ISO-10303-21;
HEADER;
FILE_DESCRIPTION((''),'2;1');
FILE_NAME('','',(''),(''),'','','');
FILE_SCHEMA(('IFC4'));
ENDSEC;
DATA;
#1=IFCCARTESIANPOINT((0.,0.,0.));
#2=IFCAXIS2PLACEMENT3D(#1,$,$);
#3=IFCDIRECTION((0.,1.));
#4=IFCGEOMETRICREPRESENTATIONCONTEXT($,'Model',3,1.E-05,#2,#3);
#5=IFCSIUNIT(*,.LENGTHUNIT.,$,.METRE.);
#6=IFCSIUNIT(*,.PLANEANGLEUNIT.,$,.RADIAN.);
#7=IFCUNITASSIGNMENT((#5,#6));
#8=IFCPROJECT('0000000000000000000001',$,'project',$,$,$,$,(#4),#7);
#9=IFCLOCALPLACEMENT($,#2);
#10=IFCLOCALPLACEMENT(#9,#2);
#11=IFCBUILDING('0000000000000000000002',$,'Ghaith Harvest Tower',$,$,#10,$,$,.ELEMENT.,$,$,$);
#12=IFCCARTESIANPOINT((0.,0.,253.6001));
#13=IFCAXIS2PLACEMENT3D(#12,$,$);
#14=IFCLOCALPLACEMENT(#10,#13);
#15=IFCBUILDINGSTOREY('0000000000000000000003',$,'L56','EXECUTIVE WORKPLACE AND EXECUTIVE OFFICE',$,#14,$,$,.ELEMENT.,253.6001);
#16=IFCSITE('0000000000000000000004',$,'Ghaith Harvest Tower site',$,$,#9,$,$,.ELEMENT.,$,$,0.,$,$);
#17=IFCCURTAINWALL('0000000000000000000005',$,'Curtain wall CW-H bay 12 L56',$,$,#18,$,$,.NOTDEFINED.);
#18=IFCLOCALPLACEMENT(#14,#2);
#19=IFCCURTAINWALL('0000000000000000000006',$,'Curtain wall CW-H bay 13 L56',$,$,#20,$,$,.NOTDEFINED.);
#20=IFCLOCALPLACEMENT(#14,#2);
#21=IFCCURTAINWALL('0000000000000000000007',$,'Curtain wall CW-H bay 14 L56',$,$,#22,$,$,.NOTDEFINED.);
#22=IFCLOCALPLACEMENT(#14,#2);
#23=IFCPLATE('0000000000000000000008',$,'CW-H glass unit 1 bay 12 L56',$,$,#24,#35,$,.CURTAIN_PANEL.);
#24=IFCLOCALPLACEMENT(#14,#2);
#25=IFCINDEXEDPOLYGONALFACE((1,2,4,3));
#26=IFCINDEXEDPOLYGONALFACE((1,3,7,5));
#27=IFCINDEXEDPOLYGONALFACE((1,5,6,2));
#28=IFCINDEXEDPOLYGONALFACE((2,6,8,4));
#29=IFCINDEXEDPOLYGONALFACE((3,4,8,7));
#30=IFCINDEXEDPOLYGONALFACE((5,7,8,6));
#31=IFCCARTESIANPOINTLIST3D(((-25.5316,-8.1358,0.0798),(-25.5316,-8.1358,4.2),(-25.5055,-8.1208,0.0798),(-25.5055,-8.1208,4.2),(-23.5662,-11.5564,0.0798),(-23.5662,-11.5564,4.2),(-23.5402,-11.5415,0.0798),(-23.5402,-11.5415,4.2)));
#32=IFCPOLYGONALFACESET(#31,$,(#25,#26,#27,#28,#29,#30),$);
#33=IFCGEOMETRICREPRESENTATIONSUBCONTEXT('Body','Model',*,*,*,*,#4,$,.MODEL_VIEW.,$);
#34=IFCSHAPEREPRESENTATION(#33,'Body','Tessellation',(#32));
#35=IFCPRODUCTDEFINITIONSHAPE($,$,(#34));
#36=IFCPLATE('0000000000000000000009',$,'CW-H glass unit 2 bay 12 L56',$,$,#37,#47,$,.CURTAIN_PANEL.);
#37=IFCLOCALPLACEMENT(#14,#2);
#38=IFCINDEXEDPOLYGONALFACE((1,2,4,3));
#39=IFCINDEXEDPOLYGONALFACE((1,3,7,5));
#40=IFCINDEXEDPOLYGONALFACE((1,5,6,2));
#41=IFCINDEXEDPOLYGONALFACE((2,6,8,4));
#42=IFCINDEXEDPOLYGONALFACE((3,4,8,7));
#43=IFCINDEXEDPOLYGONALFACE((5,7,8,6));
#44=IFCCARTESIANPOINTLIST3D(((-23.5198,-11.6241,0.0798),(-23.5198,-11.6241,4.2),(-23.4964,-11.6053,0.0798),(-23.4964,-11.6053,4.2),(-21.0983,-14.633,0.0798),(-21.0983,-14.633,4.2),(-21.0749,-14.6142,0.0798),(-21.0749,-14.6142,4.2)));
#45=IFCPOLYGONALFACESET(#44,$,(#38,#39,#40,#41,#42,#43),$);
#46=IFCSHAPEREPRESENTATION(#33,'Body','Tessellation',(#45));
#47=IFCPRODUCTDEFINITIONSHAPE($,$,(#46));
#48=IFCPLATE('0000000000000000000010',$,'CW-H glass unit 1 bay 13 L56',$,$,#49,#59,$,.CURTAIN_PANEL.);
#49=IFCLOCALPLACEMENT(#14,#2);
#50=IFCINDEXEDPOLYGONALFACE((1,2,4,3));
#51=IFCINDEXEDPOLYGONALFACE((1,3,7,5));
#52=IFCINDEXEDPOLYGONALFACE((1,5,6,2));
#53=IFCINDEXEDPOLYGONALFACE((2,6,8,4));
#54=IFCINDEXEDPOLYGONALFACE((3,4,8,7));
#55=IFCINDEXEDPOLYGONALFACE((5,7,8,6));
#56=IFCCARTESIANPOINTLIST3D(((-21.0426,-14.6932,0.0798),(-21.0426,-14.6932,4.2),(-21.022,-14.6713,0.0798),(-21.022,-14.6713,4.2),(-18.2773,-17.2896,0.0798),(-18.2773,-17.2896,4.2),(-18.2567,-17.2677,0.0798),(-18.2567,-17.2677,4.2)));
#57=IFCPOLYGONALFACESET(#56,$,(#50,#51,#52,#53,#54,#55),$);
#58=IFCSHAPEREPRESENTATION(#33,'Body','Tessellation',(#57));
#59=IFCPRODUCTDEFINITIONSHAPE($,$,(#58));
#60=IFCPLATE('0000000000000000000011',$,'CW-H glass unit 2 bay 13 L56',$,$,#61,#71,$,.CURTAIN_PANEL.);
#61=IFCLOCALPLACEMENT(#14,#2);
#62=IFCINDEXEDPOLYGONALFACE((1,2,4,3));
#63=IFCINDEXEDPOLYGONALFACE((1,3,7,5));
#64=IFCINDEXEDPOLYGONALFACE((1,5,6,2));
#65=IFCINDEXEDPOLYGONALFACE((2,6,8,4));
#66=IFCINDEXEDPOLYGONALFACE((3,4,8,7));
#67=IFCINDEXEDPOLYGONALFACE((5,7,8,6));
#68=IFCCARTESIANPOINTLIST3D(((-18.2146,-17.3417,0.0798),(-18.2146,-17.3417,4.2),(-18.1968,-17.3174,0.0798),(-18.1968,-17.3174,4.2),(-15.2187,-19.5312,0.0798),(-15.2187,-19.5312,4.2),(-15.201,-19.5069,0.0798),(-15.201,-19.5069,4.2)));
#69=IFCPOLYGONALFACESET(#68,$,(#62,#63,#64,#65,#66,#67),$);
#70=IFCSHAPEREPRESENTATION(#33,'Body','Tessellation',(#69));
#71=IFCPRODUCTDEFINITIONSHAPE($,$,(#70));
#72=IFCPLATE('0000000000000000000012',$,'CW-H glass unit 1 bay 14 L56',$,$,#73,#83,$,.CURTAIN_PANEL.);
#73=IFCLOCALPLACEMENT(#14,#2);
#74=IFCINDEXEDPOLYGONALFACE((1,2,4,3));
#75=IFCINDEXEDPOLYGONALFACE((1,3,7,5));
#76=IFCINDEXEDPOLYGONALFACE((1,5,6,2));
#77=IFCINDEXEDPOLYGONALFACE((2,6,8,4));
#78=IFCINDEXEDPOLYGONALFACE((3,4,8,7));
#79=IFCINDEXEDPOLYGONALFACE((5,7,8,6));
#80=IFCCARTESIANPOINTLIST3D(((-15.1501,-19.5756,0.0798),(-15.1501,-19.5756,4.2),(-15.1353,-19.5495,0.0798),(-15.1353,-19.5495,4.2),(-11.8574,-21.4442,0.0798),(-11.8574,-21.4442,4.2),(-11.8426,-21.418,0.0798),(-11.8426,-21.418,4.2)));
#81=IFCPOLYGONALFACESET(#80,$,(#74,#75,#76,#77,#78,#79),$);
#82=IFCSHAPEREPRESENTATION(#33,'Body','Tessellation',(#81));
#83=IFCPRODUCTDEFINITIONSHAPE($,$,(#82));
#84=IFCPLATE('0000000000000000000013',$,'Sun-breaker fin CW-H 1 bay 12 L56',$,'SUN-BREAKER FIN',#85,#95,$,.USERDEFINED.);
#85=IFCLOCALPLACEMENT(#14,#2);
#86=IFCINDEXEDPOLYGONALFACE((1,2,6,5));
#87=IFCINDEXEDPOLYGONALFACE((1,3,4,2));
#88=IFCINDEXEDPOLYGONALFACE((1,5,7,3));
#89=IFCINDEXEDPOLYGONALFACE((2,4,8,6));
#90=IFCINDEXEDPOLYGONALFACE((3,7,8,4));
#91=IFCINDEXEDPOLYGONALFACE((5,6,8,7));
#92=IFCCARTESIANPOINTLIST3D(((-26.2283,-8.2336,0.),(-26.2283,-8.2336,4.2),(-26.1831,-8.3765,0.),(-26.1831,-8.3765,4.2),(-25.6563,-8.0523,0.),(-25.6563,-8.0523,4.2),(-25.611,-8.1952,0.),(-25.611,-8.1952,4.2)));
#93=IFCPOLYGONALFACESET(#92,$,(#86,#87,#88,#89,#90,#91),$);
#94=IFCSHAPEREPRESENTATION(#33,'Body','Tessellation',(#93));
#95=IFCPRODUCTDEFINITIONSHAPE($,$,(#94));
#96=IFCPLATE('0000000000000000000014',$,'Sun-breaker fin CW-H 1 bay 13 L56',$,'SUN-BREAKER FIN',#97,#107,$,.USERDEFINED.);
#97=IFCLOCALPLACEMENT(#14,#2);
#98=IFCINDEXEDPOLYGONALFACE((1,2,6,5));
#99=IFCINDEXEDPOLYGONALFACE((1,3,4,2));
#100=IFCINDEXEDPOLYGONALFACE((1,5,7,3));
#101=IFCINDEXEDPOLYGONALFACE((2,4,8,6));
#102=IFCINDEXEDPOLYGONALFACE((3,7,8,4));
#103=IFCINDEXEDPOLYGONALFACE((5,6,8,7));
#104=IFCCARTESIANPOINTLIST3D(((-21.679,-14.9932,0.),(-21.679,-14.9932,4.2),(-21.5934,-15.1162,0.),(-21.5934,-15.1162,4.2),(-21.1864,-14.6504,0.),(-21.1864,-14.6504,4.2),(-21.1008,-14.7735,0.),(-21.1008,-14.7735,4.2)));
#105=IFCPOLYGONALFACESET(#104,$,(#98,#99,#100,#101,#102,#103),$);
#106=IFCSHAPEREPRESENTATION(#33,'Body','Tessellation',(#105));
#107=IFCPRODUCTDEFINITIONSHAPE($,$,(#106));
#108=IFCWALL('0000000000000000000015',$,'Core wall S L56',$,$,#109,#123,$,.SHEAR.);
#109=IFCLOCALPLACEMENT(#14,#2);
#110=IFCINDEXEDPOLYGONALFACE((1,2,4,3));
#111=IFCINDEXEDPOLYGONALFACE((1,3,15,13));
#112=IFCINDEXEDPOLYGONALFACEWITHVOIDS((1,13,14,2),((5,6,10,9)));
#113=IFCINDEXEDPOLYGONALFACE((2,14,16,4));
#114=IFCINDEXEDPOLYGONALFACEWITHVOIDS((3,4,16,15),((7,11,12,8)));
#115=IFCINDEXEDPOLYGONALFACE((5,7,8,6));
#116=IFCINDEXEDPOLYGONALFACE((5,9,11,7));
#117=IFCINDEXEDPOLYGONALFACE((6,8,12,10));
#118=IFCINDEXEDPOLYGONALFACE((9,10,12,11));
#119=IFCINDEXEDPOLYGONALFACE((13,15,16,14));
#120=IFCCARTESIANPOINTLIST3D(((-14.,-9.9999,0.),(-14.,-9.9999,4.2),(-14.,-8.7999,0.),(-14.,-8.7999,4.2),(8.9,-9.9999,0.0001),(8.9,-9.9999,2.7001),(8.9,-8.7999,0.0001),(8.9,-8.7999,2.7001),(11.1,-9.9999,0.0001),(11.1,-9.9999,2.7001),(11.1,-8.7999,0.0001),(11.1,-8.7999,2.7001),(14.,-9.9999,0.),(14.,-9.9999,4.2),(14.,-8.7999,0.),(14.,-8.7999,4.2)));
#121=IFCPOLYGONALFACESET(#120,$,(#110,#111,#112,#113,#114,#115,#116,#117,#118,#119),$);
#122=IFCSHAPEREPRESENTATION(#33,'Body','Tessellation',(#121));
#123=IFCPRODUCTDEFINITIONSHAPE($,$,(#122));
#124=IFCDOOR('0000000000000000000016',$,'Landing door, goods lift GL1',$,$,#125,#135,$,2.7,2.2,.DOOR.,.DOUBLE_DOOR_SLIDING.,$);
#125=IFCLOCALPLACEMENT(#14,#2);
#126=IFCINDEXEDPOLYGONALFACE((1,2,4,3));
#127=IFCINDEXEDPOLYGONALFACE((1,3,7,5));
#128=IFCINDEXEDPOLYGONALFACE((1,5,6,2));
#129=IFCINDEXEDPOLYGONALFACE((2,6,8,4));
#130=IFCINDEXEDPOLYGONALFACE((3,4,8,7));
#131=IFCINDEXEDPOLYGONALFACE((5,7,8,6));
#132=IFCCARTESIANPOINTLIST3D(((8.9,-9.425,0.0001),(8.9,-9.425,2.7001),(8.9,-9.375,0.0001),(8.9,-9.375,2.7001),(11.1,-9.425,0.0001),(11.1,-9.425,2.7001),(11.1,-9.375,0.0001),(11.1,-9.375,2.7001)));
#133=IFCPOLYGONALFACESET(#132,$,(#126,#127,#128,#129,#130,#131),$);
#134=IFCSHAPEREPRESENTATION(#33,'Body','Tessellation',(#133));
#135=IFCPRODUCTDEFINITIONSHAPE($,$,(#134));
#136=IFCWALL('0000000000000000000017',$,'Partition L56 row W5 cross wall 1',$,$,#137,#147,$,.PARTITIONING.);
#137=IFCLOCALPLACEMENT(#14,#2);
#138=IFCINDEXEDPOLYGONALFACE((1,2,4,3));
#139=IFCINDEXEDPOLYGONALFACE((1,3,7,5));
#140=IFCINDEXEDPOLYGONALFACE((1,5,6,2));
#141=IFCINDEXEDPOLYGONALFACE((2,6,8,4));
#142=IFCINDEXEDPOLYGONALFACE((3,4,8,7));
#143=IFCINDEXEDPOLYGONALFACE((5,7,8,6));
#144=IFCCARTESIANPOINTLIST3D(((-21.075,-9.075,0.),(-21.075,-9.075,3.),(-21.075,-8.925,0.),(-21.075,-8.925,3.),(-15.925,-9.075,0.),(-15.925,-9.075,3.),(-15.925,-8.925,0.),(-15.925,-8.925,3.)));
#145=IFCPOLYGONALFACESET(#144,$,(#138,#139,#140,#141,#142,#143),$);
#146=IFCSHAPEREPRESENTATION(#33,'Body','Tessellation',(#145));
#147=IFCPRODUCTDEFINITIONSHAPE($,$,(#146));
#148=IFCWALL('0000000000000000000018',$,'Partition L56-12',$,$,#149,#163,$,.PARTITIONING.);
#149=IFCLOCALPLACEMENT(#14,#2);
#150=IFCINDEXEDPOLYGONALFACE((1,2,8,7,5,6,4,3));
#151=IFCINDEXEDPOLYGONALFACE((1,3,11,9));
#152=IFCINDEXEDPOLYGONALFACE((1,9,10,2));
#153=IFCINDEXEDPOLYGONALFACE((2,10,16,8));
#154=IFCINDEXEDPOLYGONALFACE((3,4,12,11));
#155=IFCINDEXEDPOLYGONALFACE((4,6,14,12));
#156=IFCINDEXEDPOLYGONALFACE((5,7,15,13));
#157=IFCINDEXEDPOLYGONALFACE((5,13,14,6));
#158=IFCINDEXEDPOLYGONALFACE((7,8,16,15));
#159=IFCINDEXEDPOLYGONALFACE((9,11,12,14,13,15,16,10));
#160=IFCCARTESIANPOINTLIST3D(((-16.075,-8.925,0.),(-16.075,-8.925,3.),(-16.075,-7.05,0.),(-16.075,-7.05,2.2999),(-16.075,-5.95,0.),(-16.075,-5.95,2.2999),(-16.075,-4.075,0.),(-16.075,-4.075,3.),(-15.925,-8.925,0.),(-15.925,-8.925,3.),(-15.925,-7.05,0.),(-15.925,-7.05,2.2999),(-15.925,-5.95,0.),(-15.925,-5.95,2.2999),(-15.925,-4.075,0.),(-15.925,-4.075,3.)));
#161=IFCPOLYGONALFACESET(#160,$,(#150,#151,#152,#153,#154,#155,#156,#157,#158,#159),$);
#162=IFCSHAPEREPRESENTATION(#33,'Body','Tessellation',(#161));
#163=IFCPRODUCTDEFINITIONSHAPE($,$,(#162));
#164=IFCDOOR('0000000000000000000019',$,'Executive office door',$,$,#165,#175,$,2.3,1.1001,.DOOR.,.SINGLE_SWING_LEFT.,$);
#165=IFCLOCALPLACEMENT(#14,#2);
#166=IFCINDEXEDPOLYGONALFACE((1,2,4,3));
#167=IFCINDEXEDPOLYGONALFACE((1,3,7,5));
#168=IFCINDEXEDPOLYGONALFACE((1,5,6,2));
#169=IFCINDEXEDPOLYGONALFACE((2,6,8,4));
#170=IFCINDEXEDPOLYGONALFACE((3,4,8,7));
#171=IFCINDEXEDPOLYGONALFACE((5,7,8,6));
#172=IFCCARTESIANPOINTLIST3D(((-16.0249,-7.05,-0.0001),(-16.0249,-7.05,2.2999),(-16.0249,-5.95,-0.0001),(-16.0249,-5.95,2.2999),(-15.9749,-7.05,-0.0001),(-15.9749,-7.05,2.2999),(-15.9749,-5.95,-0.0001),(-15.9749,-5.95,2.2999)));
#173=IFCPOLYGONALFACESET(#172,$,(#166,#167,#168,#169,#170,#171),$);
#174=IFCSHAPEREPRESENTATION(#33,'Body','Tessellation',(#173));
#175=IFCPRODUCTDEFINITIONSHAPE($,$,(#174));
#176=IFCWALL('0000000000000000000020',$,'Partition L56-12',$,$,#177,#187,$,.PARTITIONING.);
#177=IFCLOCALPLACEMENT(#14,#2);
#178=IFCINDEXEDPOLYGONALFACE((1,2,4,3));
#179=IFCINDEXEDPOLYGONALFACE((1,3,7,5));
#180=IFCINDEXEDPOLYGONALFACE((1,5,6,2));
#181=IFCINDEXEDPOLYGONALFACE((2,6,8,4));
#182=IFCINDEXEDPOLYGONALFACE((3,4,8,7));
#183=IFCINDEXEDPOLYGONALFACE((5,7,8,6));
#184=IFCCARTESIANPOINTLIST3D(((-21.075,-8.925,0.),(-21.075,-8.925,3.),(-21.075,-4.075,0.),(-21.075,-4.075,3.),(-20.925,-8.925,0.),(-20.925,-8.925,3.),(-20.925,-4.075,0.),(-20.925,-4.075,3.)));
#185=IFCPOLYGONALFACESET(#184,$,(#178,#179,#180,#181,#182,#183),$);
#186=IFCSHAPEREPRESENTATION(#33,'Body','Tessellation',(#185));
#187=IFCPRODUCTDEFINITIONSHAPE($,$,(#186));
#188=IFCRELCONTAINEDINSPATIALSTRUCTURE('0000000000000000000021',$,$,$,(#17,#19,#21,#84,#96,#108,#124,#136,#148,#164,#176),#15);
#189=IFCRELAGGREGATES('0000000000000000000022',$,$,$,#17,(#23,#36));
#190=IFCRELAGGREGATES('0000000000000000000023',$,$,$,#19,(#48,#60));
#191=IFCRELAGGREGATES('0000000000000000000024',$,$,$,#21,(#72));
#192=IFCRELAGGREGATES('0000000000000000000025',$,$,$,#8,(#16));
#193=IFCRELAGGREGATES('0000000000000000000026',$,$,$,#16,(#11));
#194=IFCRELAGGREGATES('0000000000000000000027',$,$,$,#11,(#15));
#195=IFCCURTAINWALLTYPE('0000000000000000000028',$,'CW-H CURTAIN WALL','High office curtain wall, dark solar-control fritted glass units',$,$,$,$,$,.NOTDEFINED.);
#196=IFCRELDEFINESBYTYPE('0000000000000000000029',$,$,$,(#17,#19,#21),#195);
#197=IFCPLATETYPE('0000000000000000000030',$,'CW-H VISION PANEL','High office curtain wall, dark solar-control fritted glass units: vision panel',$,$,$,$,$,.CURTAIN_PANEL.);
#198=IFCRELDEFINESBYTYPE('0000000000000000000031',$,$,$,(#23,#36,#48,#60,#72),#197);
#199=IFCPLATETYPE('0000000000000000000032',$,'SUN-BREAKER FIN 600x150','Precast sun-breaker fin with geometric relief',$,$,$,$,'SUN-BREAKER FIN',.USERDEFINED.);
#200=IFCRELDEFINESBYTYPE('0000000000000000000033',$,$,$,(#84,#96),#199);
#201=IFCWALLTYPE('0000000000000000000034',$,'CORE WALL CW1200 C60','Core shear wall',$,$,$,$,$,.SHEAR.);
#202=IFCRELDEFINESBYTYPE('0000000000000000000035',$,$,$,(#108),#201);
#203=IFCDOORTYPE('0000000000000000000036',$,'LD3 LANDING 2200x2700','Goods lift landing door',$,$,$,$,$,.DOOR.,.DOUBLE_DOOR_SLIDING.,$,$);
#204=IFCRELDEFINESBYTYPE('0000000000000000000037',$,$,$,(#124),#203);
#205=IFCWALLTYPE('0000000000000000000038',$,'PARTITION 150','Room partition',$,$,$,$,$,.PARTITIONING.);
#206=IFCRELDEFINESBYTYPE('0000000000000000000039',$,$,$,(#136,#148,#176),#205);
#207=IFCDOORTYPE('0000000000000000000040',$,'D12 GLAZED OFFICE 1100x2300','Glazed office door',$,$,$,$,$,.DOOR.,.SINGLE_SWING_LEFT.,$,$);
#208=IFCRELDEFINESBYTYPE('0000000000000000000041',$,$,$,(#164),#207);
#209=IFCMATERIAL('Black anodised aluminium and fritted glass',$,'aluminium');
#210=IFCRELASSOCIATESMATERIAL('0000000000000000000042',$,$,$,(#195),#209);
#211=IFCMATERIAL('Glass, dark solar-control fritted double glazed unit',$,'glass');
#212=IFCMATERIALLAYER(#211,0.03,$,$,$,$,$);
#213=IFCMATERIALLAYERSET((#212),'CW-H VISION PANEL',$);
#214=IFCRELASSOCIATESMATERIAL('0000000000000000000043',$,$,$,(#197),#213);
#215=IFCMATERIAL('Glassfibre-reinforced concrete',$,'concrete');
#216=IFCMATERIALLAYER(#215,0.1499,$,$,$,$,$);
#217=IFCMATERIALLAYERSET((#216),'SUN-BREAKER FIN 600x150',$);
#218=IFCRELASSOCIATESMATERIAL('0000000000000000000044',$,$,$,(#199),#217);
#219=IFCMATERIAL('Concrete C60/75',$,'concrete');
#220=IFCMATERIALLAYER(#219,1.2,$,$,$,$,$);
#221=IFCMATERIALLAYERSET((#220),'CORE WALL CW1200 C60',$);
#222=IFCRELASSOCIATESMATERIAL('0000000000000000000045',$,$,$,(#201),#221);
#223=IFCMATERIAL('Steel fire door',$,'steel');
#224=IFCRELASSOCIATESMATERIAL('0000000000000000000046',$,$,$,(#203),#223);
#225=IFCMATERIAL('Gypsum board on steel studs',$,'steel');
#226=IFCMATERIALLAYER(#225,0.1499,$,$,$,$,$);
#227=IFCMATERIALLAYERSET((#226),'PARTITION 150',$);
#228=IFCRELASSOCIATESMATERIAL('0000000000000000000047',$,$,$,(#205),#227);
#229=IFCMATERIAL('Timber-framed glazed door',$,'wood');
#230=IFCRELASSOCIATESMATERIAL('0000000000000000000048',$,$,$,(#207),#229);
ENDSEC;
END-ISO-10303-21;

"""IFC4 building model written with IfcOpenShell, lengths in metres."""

from ifc_helpers import new_model, si_unit, direction, frame, frame_2d, origin, origin_2d, place, context, subcontext, project, spatial, rectangle, extrude, material, layer, layer_set, type_object, element, fill, aggregate, save


model = new_model("IFC4")

# Units and contexts
model_context = context("Model", 3, precision=1e-05, world=origin(), true_north=direction((0.0, 1.0)))
body_context = subcontext(model_context, "Body", "Model", "MODEL_VIEW")
ifc_project = project(units=[si_unit("LENGTHUNIT", "METRE"), si_unit("PLANEANGLEUNIT", "RADIAN")], contexts=[model_context])

# Site, building, storey
site_placement = place(None, origin())
site = spatial("IfcSite", under=ifc_project, at=site_placement, Name="Ghaith Harvest Tower site", CompositionType="ELEMENT", RefElevation=0.0)
building_placement = place(site_placement, origin())
building = spatial("IfcBuilding", under=site, at=building_placement, Name="Ghaith Harvest Tower", CompositionType="ELEMENT")
storey_placement = place(building_placement, frame((0.0, 0.0, 253.6001)))
storey = spatial("IfcBuildingStorey", under=building, at=storey_placement, Name="L56", Description="EXECUTIVE WORKPLACE AND EXECUTIVE OFFICE", CompositionType="ELEMENT", Elevation=253.6001)

# Curtain wall
ifc_material_1 = material(Name="Black anodised aluminium and fritted glass", Category="aluminium")
curtain_wall_type = type_object("IfcCurtainWallType", Name="CW-H CURTAIN WALL", Description="High office curtain wall, dark solar-control fritted glass units", PredefinedType="NOTDEFINED", material=ifc_material_1)
curtain_wall_1_placement = place(storey_placement, origin())
curtain_wall_1 = element("IfcCurtainWall", 1, at=curtain_wall_1_placement, inside=storey, type_object=curtain_wall_type, Name="Curtain wall CW-H bay 12 L56", PredefinedType="NOTDEFINED")

# Curtain wall
curtain_wall_2_placement = place(storey_placement, origin())
curtain_wall_2 = element("IfcCurtainWall", 2, at=curtain_wall_2_placement, inside=storey, type_object=curtain_wall_type, Name="Curtain wall CW-H bay 13 L56", PredefinedType="NOTDEFINED")

# Curtain wall
curtain_wall_3_placement = place(storey_placement, origin())
curtain_wall_3 = element("IfcCurtainWall", 3, at=curtain_wall_3_placement, inside=storey, type_object=curtain_wall_type, Name="Curtain wall CW-H bay 14 L56", PredefinedType="NOTDEFINED")

# Plates
ifc_material_2 = material(Name="Glass, dark solar-control fritted double glazed unit", Category="glass")
ifc_layer_1 = layer(ifc_material_2, 0.03)
ifc_layer_set_1 = layer_set([ifc_layer_1], Name="CW-H VISION PANEL")
plate_type_1 = type_object("IfcPlateType", Name="CW-H VISION PANEL", Description="High office curtain wall, dark solar-control fritted glass units: vision panel", PredefinedType="CURTAIN_PANEL", material=ifc_layer_set_1)
plate_1_placement = place(storey_placement, frame((-24.5359, -9.8386, 0.0798), z_axis=(0.0, 0.0, 1.0), x_axis=(0.49818, -0.867074, 0.0)))
plate_1 = element("IfcPlate", 4, at=plate_1_placement, type_object=plate_type_1, Name="CW-H glass unit 1 bay 12 L56", PredefinedType="CURTAIN_PANEL", context=body_context, shape_type="SweptSolid", body=[
    extrude(rectangle(XDim=3.9451, YDim=0.03, at=origin_2d()), origin(), (0.0, 0.0, 1.0), 4.1201),
])
plate_2_placement = place(storey_placement, frame((-22.2974, -13.1191, 0.0798), z_axis=(0.0, 0.0, 1.0), x_axis=(0.626957, -0.779054, 0.0)))
plate_2 = element("IfcPlate", 5, at=plate_2_placement, type_object=plate_type_1, Name="CW-H glass unit 2 bay 12 L56", PredefinedType="CURTAIN_PANEL", context=body_context, shape_type="SweptSolid", body=[
    extrude(rectangle(XDim=3.8623, YDim=0.03, at=origin_2d()), origin(), (0.0, 0.0, 1.0), 4.1201),
])
aggregate(curtain_wall_1, [plate_1, plate_2])
plate_3_placement = place(storey_placement, frame((-19.6497, -15.9805, 0.0798), z_axis=(0.0, 0.0, 1.0), x_axis=(0.729017, -0.684496, 0.0)))
plate_3 = element("IfcPlate", 6, at=plate_3_placement, type_object=plate_type_1, Name="CW-H glass unit 1 bay 13 L56", PredefinedType="CURTAIN_PANEL", context=body_context, shape_type="SweptSolid", body=[
    extrude(rectangle(XDim=3.7932, YDim=0.03, at=origin_2d()), origin(), (0.0, 0.0, 1.0), 4.1201),
])
plate_4_placement = place(storey_placement, frame((-16.7078, -18.4243, 0.0798), z_axis=(0.0, 0.0, 1.0), x_axis=(0.807364, -0.590054, 0.0)))
plate_4 = element("IfcPlate", 7, at=plate_4_placement, type_object=plate_type_1, Name="CW-H glass unit 2 bay 13 L56", PredefinedType="CURTAIN_PANEL", context=body_context, shape_type="SweptSolid", body=[
    extrude(rectangle(XDim=3.7107, YDim=0.03, at=origin_2d()), origin(), (0.0, 0.0, 1.0), 4.1201),
])
aggregate(curtain_wall_2, [plate_3, plate_4])
plate_5_placement = place(storey_placement, frame((-13.4963, -20.4968, 0.0798), z_axis=(0.0, 0.0, 1.0), x_axis=(0.869715, -0.493554, 0.0)))
plate_5 = element("IfcPlate", 8, at=plate_5_placement, type_object=plate_type_1, Name="CW-H glass unit 1 bay 14 L56", PredefinedType="CURTAIN_PANEL", context=body_context, shape_type="SweptSolid", body=[
    extrude(rectangle(XDim=3.7859, YDim=0.03, at=origin_2d()), origin(), (0.0, 0.0, 1.0), 4.1201),
])
aggregate(curtain_wall_3, [plate_5])

# Plates
ifc_material_3 = material(Name="Glassfibre-reinforced concrete", Category="concrete")
ifc_layer_2 = layer(ifc_material_3, 0.1499)
ifc_layer_set_2 = layer_set([ifc_layer_2], Name="SUN-BREAKER FIN 600x150")
plate_type_2 = type_object("IfcPlateType", Name="SUN-BREAKER FIN 600x150", Description="Precast sun-breaker fin with geometric relief", ElementType="SUN-BREAKER FIN", PredefinedType="USERDEFINED", material=ifc_layer_set_2)
for number, where, z_axis, x_axis, name in (
    (9, (-25.9197, -8.2144, 0.0), (0.0, 0.0, 1.0), (-0.953273, -0.30211, 0.0), "Sun-breaker fin CW-H 1 bay 12 L56"),
    (10, (-21.3899, -14.8833, 0.0), (0.0, 0.0, 1.0), (-0.820845, -0.57115, 0.0), "Sun-breaker fin CW-H 1 bay 13 L56"),
):
    element("IfcPlate", number, at=place(storey_placement, frame(where, z_axis=z_axis, x_axis=x_axis)), inside=storey, type_object=plate_type_2, Name=name, ObjectType="SUN-BREAKER FIN", PredefinedType="USERDEFINED", context=body_context, shape_type="SweptSolid", body=[
        extrude(rectangle(XDim=0.6001, YDim=0.1499, at=origin_2d()), origin(), (0.0, 0.0, 1.0), 4.2),
    ])

# Wall, opening, door
ifc_material_4 = material(Name="Concrete C60/75", Category="concrete")
ifc_layer_3 = layer(ifc_material_4, 1.2)
ifc_layer_set_3 = layer_set([ifc_layer_3], Name="CORE WALL CW1200 C60")
wall_type_1 = type_object("IfcWallType", Name="CORE WALL CW1200 C60", Description="Core shear wall", PredefinedType="SHEAR", material=ifc_layer_set_3)
wall_1_placement = place(storey_placement, frame((-14.0, -9.3999, 0.0), z_axis=(0.0, 0.0, 1.0), x_axis=(1.0, 0.0, 0.0)))
wall_1 = element("IfcWall", 11, at=wall_1_placement, inside=storey, type_object=wall_type_1, Name="Core wall S L56", PredefinedType="SHEAR", context=body_context, shape_type="SweptSolid", body=[
    extrude(rectangle(XDim=28.0, YDim=1.2, at=frame_2d((14.0, 0.0))), origin(), (0.0, 0.0, 1.0), 4.2),
])
opening_1_placement = place(wall_1_placement, frame((22.8999, 0.0, 0.0)))
opening_1 = element("IfcOpeningElement", 12, at=opening_1_placement, cuts=wall_1, PredefinedType="OPENING", context=body_context, shape_type="SweptSolid", body=[
    extrude(rectangle(XDim=2.2, YDim=2.7, at=frame_2d((1.1001, 1.3501))), frame((0.0, 0.6099, 0.0), z_axis=(0.0, -1.0, 0.0), x_axis=(1.0, 0.0, 0.0)), (0.0, 0.0, 1.0), 1.22),
])
ifc_material_5 = material(Name="Steel fire door", Category="steel")
door_type_1 = type_object("IfcDoorType", Name="LD3 LANDING 2200x2700", Description="Goods lift landing door", OperationType="DOUBLE_DOOR_SLIDING", PredefinedType="DOOR", material=ifc_material_5)
door_1_placement = place(opening_1_placement, origin())
door_1 = element("IfcDoor", 13, at=door_1_placement, inside=storey, type_object=door_type_1, Name="Landing door, goods lift GL1", OperationType="DOUBLE_DOOR_SLIDING", OverallHeight=2.7, OverallWidth=2.2, PredefinedType="DOOR", context=body_context, shape_type="SweptSolid", body=[
    extrude(rectangle(XDim=2.2, YDim=2.7, at=frame_2d((1.1001, 1.3501))), frame((0.0, 0.0249, 0.0), z_axis=(0.0, -1.0, 0.0), x_axis=(1.0, 0.0, 0.0)), (0.0, 0.0, 1.0), 0.05),
])
fill(opening_1, door_1)

# Wall
ifc_material_6 = material(Name="Gypsum board on steel studs", Category="steel")
ifc_layer_4 = layer(ifc_material_6, 0.1499)
ifc_layer_set_4 = layer_set([ifc_layer_4], Name="PARTITION 150")
wall_type_2 = type_object("IfcWallType", Name="PARTITION 150", Description="Room partition", PredefinedType="PARTITIONING", material=ifc_layer_set_4)
wall_2_placement = place(storey_placement, frame((-15.925, -9.0, 0.0), z_axis=(0.0, 0.0, 1.0), x_axis=(-1.0, 0.0, 0.0)))
element("IfcWall", 14, at=wall_2_placement, inside=storey, type_object=wall_type_2, Name="Partition L56 row W5 cross wall 1", PredefinedType="PARTITIONING", context=body_context, shape_type="SweptSolid", body=[
    extrude(rectangle(XDim=5.1499, YDim=0.1499, at=frame_2d((2.575, 0.0))), origin(), (0.0, 0.0, 1.0), 3.0),
])

# Wall, opening, door
wall_3_placement = place(storey_placement, frame((-16.0, -8.925, 0.0), z_axis=(0.0, 0.0, 1.0), x_axis=(0.0, 1.0, 0.0)))
wall_3 = element("IfcWall", 15, at=wall_3_placement, inside=storey, type_object=wall_type_2, Name="Partition L56-12", PredefinedType="PARTITIONING", context=body_context, shape_type="SweptSolid", body=[
    extrude(rectangle(XDim=4.8501, YDim=0.1499, at=frame_2d((2.425, 0.0))), origin(), (0.0, 0.0, 1.0), 3.0),
])
opening_2_placement = place(wall_3_placement, frame((1.875, 0.0, 0.0)))
opening_2 = element("IfcOpeningElement", 16, at=opening_2_placement, cuts=wall_3, PredefinedType="OPENING", context=body_context, shape_type="SweptSolid", body=[
    extrude(rectangle(XDim=1.1001, YDim=2.3, at=frame_2d((0.55, 1.1499))), frame((0.0, 0.085, 0.0), z_axis=(0.0, -1.0, 0.0), x_axis=(1.0, 0.0, 0.0)), (0.0, 0.0, 1.0), 0.1699),
])
ifc_material_7 = material(Name="Timber-framed glazed door", Category="wood")
door_type_2 = type_object("IfcDoorType", Name="D12 GLAZED OFFICE 1100x2300", Description="Glazed office door", OperationType="SINGLE_SWING_LEFT", PredefinedType="DOOR", material=ifc_material_7)
door_2_placement = place(opening_2_placement, origin())
door_2 = element("IfcDoor", 17, at=door_2_placement, inside=storey, type_object=door_type_2, Name="Executive office door", OperationType="SINGLE_SWING_LEFT", OverallHeight=2.3, OverallWidth=1.1001, PredefinedType="DOOR", context=body_context, shape_type="SweptSolid", body=[
    extrude(rectangle(XDim=1.1001, YDim=2.3, at=frame_2d((0.55, 1.1499))), frame((0.0, 0.0249, 0.0), z_axis=(0.0, -1.0, 0.0), x_axis=(1.0, 0.0, 0.0)), (0.0, 0.0, 1.0), 0.05),
])
fill(opening_2, door_2)

# Wall
wall_4_placement = place(storey_placement, frame((-21.0, -8.925, 0.0), z_axis=(0.0, 0.0, 1.0), x_axis=(0.0, 1.0, 0.0)))
element("IfcWall", 18, at=wall_4_placement, inside=storey, type_object=wall_type_2, Name="Partition L56-12", PredefinedType="PARTITIONING", context=body_context, shape_type="SweptSolid", body=[
    extrude(rectangle(XDim=4.8501, YDim=0.1499, at=frame_2d((2.425, 0.0))), origin(), (0.0, 0.0, 1.0), 3.0),
])

save(model, "model.ifc")
